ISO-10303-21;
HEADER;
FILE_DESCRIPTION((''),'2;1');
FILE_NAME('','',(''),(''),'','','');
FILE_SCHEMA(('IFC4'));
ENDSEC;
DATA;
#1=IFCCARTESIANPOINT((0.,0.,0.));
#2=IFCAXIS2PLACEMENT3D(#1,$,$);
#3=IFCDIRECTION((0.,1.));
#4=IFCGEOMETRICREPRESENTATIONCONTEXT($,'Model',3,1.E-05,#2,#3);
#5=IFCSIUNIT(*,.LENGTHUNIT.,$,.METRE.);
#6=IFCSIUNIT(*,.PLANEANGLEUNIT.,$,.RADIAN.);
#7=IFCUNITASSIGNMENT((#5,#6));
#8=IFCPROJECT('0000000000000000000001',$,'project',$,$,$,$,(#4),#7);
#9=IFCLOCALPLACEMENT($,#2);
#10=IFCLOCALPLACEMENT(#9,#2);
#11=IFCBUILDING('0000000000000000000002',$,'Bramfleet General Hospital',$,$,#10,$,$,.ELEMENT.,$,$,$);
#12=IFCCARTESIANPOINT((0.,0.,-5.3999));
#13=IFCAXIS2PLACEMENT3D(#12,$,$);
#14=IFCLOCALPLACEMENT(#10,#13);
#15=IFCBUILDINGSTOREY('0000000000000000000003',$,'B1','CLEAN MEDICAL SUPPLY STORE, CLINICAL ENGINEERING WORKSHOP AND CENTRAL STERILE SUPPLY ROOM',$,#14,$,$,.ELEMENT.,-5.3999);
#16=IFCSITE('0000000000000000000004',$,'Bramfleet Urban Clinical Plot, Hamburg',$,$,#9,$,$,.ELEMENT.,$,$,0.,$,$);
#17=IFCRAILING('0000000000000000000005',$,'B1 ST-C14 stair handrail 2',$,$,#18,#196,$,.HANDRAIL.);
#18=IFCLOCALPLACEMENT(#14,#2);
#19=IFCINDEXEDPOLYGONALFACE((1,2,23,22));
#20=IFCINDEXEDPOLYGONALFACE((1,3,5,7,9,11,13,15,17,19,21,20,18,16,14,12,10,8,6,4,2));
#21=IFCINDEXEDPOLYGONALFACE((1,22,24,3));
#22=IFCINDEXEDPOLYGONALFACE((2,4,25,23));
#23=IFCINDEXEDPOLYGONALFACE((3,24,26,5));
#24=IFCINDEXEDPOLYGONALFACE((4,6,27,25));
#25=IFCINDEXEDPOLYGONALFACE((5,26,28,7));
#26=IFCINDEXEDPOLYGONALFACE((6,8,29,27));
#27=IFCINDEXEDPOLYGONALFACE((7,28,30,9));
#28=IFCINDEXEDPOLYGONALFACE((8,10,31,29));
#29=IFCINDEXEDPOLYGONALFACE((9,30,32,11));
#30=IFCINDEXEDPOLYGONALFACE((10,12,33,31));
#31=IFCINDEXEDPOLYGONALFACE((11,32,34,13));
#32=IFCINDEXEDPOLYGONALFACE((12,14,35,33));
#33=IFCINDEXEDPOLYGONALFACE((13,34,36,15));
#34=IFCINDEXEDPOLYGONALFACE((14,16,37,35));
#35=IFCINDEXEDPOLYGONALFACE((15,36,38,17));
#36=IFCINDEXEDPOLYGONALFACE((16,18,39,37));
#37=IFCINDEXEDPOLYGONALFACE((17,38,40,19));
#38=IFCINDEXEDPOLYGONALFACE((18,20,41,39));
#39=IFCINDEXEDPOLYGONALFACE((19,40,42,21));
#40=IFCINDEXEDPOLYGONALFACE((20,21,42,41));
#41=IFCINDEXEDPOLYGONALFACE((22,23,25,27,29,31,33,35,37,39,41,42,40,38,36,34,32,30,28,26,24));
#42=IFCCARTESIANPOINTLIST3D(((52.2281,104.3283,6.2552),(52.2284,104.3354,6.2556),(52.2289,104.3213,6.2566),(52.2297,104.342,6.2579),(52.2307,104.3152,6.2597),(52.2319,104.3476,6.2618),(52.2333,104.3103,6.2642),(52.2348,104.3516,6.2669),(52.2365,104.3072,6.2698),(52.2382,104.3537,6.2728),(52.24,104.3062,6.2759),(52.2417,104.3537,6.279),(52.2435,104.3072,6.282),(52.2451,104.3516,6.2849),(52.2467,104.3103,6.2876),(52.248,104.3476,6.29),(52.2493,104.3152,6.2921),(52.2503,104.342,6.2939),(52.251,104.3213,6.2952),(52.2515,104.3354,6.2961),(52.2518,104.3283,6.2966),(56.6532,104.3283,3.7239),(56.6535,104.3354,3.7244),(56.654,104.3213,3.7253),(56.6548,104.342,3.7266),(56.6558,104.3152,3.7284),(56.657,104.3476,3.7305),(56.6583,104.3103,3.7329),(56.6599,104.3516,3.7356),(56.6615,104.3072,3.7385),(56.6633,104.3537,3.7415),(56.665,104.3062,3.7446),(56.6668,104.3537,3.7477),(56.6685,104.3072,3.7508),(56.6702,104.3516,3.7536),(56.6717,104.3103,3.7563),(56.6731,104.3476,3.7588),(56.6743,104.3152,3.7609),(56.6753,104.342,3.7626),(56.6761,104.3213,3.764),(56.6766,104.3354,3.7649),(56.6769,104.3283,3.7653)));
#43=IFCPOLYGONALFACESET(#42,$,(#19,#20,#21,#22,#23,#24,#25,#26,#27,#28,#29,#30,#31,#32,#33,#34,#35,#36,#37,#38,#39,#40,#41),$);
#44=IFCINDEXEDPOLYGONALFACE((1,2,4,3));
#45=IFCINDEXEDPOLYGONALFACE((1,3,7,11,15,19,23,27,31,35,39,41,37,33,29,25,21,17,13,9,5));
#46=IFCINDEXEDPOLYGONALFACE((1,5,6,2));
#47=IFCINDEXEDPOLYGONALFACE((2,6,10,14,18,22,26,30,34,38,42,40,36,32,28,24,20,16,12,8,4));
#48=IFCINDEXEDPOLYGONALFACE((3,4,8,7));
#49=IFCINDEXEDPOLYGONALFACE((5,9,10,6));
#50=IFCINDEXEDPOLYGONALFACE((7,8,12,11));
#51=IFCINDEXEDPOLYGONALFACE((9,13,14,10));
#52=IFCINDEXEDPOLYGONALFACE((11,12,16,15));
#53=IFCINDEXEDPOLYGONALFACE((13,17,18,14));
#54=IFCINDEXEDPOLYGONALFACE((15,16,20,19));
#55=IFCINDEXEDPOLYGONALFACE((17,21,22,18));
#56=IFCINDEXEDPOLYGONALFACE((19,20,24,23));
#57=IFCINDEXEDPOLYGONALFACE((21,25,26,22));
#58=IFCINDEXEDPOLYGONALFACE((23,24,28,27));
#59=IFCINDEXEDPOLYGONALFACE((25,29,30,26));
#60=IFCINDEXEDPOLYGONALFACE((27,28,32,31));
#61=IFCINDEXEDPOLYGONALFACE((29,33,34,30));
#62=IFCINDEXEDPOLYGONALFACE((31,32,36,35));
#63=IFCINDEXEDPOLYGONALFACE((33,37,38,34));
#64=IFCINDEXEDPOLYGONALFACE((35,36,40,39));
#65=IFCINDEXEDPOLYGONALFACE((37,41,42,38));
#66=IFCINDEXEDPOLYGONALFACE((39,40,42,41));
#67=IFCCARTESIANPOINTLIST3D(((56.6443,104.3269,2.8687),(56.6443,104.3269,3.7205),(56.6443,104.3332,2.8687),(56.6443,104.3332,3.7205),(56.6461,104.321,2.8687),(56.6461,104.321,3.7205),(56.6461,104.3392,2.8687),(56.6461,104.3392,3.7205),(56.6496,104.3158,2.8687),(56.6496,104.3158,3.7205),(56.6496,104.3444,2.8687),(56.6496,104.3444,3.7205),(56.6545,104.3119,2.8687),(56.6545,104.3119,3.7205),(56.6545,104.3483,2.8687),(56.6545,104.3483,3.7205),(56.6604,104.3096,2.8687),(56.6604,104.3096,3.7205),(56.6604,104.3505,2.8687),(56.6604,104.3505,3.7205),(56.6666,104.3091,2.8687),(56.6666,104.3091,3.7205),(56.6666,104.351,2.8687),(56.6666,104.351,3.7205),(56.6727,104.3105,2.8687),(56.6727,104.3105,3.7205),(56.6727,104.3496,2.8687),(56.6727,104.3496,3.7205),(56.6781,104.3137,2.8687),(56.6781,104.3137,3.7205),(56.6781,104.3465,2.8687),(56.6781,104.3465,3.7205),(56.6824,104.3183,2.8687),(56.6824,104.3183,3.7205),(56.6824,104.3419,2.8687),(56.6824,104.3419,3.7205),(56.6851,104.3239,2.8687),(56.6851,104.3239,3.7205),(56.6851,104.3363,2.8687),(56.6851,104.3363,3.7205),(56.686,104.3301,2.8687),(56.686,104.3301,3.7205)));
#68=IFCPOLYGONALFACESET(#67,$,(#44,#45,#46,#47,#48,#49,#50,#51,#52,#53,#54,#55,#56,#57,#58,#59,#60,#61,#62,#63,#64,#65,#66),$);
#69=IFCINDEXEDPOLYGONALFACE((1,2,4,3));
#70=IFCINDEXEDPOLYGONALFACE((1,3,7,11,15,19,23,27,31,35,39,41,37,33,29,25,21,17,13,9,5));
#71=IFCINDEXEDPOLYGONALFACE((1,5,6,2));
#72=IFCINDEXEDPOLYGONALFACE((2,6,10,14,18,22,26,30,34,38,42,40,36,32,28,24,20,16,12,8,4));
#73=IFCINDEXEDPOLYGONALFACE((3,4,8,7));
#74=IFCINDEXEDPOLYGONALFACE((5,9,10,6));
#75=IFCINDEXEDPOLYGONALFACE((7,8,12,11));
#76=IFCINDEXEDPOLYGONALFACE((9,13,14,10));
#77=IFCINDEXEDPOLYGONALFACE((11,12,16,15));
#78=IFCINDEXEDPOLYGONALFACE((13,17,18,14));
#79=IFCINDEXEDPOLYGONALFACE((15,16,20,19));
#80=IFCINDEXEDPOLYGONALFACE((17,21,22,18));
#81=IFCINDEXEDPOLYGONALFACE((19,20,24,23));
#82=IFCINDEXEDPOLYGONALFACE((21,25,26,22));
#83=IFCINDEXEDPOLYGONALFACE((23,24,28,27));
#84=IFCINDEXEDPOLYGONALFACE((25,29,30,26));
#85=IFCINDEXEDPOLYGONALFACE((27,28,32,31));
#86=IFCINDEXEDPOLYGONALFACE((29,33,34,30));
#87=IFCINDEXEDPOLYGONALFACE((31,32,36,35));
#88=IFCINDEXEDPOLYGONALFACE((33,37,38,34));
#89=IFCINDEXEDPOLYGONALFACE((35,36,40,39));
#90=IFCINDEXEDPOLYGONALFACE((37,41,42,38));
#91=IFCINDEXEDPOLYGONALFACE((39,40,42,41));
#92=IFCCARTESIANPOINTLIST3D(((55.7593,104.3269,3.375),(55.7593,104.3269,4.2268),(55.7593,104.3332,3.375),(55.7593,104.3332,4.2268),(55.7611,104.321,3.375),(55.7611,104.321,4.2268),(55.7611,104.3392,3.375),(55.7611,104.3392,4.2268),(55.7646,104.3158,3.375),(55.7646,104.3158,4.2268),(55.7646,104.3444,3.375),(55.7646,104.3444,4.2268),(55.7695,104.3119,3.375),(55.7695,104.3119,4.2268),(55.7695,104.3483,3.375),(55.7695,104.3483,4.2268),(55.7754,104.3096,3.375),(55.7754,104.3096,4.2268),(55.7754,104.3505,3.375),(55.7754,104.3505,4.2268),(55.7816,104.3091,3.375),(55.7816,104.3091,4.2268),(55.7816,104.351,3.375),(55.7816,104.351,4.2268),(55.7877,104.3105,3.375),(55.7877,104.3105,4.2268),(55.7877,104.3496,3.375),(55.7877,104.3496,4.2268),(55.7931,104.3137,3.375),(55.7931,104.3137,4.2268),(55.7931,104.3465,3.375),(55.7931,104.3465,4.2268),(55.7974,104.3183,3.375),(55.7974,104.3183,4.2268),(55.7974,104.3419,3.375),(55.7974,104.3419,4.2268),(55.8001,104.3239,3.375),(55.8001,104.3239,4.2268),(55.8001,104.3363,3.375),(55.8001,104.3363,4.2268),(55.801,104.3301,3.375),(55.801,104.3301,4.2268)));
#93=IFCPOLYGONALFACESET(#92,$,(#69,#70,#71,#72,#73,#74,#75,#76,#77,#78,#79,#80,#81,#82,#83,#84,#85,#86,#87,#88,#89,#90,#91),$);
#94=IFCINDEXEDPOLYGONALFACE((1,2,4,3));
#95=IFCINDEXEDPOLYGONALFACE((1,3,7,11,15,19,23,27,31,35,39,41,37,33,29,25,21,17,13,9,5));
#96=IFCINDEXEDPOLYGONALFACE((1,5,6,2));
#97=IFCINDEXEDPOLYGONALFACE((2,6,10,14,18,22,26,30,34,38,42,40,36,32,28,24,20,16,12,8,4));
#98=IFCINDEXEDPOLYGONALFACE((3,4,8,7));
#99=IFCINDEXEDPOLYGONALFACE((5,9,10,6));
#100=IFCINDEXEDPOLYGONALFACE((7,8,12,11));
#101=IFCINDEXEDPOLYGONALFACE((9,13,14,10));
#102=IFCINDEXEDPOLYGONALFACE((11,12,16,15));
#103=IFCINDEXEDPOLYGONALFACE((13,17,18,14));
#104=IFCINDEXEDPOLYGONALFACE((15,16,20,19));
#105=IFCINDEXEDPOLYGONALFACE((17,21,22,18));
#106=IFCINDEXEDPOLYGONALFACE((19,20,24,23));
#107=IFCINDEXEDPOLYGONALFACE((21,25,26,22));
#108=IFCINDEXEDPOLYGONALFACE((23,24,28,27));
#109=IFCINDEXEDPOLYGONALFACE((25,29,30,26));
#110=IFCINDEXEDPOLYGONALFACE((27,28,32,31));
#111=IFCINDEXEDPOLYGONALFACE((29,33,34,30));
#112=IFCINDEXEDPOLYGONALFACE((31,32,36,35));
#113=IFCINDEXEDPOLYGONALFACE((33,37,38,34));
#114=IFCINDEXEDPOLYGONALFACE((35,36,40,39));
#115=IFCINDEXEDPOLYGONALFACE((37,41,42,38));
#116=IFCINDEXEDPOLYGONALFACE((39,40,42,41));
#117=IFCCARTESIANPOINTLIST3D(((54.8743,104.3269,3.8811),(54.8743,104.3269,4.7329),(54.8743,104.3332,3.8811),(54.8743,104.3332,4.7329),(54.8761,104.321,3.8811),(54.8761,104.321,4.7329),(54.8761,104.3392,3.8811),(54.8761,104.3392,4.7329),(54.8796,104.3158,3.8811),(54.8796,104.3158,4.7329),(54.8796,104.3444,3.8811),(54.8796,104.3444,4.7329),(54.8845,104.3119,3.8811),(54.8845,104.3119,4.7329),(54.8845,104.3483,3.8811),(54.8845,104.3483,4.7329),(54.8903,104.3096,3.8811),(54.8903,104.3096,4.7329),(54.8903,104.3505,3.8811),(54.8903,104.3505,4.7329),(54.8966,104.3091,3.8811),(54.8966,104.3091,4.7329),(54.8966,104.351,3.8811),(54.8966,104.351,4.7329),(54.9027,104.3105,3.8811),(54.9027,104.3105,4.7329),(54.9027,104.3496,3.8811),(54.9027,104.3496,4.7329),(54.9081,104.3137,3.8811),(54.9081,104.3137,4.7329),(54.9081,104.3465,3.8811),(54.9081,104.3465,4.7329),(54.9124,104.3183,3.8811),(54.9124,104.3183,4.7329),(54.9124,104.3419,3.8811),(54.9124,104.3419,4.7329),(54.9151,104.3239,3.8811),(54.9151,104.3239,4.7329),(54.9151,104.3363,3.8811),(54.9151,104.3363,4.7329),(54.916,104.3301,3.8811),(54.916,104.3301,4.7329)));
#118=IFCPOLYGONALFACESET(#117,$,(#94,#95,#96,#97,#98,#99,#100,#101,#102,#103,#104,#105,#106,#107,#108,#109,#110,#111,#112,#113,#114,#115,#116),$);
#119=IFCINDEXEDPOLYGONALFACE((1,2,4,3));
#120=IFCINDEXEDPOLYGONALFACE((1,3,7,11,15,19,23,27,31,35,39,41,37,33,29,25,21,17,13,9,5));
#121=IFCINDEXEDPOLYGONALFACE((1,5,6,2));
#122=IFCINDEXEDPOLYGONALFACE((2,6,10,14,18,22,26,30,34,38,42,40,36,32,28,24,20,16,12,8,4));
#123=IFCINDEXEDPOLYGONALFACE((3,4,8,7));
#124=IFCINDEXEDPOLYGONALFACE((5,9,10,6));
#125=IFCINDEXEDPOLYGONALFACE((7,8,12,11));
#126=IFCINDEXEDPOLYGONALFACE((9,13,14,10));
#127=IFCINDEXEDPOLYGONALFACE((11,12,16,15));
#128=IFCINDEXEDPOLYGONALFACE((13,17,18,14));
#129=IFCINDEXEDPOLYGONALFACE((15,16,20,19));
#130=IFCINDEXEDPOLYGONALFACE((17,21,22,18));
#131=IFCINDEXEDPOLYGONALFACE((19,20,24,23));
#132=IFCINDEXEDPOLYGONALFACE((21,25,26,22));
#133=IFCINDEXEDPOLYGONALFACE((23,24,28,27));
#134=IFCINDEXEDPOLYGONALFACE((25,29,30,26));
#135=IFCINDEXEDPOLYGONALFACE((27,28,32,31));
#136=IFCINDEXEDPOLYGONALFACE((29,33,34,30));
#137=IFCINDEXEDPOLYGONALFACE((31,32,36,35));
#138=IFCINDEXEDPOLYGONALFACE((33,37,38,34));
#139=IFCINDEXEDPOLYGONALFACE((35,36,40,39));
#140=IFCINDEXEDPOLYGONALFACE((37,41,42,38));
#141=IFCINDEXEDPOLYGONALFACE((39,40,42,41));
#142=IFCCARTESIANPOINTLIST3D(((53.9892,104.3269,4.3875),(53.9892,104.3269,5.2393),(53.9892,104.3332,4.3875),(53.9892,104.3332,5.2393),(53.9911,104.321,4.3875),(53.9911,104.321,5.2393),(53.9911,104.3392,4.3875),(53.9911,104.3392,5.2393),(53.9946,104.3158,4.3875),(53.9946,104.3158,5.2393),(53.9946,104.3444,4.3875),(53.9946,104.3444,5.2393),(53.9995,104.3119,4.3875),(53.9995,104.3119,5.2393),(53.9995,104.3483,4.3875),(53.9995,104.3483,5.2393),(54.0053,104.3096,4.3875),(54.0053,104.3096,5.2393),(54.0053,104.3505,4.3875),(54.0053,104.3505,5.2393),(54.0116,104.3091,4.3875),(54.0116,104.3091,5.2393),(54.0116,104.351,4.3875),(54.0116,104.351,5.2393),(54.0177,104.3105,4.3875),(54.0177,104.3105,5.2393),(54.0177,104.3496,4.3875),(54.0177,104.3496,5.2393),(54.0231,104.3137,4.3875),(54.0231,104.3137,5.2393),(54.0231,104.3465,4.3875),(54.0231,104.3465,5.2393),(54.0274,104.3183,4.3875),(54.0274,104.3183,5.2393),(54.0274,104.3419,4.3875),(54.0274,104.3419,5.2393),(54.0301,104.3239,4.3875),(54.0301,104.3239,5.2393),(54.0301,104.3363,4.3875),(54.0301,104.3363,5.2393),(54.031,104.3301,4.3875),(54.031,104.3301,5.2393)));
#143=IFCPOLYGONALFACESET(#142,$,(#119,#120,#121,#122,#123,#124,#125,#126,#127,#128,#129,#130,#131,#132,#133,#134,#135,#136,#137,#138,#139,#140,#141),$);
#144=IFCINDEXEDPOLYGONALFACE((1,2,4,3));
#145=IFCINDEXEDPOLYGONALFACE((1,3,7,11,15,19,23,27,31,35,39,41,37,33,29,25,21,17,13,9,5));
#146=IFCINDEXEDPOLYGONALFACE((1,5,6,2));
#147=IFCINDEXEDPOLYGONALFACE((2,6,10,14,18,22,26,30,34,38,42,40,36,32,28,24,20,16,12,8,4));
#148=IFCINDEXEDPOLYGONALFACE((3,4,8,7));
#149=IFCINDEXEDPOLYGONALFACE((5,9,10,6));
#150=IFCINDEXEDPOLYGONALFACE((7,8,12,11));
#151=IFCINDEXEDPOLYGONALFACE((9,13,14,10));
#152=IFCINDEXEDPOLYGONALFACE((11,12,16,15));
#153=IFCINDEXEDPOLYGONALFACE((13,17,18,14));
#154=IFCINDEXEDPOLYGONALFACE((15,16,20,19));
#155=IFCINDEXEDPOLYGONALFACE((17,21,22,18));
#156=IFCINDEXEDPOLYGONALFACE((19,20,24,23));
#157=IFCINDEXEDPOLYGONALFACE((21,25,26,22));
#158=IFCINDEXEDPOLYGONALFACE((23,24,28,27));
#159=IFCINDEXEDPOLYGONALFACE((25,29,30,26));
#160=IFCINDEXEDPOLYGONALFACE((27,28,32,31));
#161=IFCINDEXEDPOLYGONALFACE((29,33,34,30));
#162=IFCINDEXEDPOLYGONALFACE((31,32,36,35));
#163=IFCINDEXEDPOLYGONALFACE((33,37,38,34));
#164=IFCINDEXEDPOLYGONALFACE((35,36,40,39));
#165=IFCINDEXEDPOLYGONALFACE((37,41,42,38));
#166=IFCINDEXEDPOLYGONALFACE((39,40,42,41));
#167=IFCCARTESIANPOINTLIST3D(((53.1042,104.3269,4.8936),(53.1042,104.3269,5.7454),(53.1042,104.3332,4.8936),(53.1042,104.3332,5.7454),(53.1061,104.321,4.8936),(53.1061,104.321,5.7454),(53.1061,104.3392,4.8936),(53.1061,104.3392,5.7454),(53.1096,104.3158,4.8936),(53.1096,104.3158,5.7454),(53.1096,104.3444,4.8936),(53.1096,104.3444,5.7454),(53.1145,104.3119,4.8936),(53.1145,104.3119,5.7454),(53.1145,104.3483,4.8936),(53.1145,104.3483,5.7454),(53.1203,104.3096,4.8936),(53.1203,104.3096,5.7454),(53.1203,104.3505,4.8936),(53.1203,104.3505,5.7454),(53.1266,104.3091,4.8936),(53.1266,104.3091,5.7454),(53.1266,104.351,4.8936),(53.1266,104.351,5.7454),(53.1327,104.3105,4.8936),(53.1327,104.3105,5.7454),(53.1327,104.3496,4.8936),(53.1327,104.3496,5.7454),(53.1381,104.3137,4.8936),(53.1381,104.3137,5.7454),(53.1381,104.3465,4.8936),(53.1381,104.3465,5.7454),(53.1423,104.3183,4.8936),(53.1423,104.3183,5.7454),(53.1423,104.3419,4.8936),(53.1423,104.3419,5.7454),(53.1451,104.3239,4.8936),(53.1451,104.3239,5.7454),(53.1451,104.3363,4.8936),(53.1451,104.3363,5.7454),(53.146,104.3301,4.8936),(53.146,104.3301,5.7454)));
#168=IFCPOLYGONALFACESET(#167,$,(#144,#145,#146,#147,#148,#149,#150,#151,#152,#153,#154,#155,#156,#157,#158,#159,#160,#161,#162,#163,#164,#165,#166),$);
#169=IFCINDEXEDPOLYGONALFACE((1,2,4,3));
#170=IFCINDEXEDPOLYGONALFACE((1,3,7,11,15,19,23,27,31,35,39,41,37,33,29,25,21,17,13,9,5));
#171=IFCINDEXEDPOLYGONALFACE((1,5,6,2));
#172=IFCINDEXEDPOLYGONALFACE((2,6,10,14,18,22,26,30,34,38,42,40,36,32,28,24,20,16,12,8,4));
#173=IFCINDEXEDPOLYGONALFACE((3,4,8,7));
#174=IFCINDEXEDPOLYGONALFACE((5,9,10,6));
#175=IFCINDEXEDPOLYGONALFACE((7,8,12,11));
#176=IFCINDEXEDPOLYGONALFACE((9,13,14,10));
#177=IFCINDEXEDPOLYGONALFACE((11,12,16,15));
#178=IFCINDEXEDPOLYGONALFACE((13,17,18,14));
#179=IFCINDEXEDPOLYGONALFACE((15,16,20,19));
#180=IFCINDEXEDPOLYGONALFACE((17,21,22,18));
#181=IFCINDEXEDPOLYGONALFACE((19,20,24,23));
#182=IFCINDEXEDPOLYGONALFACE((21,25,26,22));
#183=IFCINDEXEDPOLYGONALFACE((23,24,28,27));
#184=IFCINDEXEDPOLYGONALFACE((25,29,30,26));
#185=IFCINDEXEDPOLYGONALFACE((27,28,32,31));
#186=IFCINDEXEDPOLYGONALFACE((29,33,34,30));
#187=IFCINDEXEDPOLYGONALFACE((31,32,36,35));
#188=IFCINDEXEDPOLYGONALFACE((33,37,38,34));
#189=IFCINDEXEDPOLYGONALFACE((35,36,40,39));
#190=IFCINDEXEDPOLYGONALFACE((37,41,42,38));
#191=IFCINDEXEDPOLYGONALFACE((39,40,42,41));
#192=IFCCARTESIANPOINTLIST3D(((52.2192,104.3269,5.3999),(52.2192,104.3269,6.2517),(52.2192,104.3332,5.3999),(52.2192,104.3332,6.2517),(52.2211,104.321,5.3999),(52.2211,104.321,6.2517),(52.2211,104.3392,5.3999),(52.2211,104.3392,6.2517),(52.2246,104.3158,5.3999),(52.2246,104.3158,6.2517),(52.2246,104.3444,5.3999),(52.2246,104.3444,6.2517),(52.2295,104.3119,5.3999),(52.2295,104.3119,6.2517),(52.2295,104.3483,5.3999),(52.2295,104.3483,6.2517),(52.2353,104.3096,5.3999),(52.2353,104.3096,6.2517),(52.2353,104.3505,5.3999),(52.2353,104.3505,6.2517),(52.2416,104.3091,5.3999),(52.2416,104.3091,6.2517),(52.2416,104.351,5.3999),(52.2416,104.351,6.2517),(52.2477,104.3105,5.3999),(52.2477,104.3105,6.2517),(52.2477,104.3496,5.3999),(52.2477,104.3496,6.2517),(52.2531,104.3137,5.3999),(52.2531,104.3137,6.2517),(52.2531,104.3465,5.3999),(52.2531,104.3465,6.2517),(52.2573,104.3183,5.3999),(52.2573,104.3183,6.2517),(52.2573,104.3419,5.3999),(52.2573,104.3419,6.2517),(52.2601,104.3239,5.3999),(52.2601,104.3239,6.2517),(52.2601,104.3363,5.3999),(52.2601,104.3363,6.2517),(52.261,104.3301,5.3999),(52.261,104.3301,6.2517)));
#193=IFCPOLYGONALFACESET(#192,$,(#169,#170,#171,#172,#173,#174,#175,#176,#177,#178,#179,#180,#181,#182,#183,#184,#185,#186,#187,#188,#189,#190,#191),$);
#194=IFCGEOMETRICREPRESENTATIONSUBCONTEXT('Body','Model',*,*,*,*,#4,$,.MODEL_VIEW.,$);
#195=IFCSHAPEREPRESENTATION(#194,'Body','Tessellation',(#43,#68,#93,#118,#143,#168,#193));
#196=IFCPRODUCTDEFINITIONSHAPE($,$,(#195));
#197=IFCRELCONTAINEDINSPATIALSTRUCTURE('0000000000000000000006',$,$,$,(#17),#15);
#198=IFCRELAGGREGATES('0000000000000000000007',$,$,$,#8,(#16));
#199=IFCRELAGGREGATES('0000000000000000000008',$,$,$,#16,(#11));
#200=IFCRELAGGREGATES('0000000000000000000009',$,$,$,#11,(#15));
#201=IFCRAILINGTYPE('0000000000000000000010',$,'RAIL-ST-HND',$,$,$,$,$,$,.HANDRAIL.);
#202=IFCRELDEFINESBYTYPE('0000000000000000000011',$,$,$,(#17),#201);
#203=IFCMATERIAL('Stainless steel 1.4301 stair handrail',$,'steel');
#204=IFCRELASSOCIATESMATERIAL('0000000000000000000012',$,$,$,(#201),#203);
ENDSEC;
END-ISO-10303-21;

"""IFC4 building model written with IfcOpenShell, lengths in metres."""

from ifc_helpers import new_model, si_unit, direction, frame, origin, origin_2d, place, context, subcontext, project, spatial, circle, extrude, material, type_object, element, save


model = new_model("IFC4")

# Units and contexts
model_context = context("Model", 3, precision=1e-05, world=origin(), true_north=direction((0.0, 1.0)))
body_context = subcontext(model_context, "Body", "Model", "MODEL_VIEW")
ifc_project = project(units=[si_unit("LENGTHUNIT", "METRE"), si_unit("PLANEANGLEUNIT", "RADIAN")], contexts=[model_context])

# Site, building, storey
site_placement = place(None, origin())
site = spatial("IfcSite", under=ifc_project, at=site_placement, Name="Bramfleet Urban Clinical Plot, Hamburg", CompositionType="ELEMENT", RefElevation=0.0)
building_placement = place(site_placement, origin())
building = spatial("IfcBuilding", under=site, at=building_placement, Name="Bramfleet General Hospital", CompositionType="ELEMENT")
storey_placement = place(building_placement, frame((0.0, 0.0, -5.3999)))
storey = spatial("IfcBuildingStorey", under=building, at=storey_placement, Name="B1", Description="CLEAN MEDICAL SUPPLY STORE, CLINICAL ENGINEERING WORKSHOP AND CENTRAL STERILE SUPPLY ROOM", CompositionType="ELEMENT", Elevation=-5.3999)

# Railing
ifc_material_1 = material(Name="Stainless steel 1.4301 stair handrail", Category="steel")
railing_type_1 = type_object("IfcRailingType", Name="RAIL-ST-HND", PredefinedType="HANDRAIL", material=ifc_material_1)
railing_1_placement = place(storey_placement, frame((56.665, 104.3301, 2.8687)))
element("IfcRailing", 1, at=railing_1_placement, inside=storey, type_object=railing_type_1, Name="B1 ST-C14 stair handrail 2", PredefinedType="HANDRAIL", context=body_context, shape_type="SweptSolid", body=[
    extrude(circle(Radius=0.0239, at=origin_2d()), frame((0.0, 0.0, 0.876), z_axis=(-0.868019, 0.0, 0.496531), x_axis=(0.0, -1.0, 0.0)), (0.0, 0.0, 1.0), 5.0979),
    extrude(circle(Radius=0.021, at=origin_2d()), origin(), (0.0, 0.0, 1.0), 0.8518),
    extrude(circle(Radius=0.021, at=origin_2d()), frame((-0.885, 0.0, 0.5063)), (0.0, 0.0, 1.0), 0.8518),
    extrude(circle(Radius=0.021, at=origin_2d()), frame((-1.77, 0.0, 1.0125)), (0.0, 0.0, 1.0), 0.8518),
    extrude(circle(Radius=0.021, at=origin_2d()), frame((-2.655, 0.0, 1.5188)), (0.0, 0.0, 1.0), 0.8518),
    extrude(circle(Radius=0.021, at=origin_2d()), frame((-3.54, 0.0, 2.0249)), (0.0, 0.0, 1.0), 0.8518),
    extrude(circle(Radius=0.021, at=origin_2d()), frame((-4.425, 0.0, 2.5312)), (0.0, 0.0, 1.0), 0.8518),
])

save(model, "model.ifc")
